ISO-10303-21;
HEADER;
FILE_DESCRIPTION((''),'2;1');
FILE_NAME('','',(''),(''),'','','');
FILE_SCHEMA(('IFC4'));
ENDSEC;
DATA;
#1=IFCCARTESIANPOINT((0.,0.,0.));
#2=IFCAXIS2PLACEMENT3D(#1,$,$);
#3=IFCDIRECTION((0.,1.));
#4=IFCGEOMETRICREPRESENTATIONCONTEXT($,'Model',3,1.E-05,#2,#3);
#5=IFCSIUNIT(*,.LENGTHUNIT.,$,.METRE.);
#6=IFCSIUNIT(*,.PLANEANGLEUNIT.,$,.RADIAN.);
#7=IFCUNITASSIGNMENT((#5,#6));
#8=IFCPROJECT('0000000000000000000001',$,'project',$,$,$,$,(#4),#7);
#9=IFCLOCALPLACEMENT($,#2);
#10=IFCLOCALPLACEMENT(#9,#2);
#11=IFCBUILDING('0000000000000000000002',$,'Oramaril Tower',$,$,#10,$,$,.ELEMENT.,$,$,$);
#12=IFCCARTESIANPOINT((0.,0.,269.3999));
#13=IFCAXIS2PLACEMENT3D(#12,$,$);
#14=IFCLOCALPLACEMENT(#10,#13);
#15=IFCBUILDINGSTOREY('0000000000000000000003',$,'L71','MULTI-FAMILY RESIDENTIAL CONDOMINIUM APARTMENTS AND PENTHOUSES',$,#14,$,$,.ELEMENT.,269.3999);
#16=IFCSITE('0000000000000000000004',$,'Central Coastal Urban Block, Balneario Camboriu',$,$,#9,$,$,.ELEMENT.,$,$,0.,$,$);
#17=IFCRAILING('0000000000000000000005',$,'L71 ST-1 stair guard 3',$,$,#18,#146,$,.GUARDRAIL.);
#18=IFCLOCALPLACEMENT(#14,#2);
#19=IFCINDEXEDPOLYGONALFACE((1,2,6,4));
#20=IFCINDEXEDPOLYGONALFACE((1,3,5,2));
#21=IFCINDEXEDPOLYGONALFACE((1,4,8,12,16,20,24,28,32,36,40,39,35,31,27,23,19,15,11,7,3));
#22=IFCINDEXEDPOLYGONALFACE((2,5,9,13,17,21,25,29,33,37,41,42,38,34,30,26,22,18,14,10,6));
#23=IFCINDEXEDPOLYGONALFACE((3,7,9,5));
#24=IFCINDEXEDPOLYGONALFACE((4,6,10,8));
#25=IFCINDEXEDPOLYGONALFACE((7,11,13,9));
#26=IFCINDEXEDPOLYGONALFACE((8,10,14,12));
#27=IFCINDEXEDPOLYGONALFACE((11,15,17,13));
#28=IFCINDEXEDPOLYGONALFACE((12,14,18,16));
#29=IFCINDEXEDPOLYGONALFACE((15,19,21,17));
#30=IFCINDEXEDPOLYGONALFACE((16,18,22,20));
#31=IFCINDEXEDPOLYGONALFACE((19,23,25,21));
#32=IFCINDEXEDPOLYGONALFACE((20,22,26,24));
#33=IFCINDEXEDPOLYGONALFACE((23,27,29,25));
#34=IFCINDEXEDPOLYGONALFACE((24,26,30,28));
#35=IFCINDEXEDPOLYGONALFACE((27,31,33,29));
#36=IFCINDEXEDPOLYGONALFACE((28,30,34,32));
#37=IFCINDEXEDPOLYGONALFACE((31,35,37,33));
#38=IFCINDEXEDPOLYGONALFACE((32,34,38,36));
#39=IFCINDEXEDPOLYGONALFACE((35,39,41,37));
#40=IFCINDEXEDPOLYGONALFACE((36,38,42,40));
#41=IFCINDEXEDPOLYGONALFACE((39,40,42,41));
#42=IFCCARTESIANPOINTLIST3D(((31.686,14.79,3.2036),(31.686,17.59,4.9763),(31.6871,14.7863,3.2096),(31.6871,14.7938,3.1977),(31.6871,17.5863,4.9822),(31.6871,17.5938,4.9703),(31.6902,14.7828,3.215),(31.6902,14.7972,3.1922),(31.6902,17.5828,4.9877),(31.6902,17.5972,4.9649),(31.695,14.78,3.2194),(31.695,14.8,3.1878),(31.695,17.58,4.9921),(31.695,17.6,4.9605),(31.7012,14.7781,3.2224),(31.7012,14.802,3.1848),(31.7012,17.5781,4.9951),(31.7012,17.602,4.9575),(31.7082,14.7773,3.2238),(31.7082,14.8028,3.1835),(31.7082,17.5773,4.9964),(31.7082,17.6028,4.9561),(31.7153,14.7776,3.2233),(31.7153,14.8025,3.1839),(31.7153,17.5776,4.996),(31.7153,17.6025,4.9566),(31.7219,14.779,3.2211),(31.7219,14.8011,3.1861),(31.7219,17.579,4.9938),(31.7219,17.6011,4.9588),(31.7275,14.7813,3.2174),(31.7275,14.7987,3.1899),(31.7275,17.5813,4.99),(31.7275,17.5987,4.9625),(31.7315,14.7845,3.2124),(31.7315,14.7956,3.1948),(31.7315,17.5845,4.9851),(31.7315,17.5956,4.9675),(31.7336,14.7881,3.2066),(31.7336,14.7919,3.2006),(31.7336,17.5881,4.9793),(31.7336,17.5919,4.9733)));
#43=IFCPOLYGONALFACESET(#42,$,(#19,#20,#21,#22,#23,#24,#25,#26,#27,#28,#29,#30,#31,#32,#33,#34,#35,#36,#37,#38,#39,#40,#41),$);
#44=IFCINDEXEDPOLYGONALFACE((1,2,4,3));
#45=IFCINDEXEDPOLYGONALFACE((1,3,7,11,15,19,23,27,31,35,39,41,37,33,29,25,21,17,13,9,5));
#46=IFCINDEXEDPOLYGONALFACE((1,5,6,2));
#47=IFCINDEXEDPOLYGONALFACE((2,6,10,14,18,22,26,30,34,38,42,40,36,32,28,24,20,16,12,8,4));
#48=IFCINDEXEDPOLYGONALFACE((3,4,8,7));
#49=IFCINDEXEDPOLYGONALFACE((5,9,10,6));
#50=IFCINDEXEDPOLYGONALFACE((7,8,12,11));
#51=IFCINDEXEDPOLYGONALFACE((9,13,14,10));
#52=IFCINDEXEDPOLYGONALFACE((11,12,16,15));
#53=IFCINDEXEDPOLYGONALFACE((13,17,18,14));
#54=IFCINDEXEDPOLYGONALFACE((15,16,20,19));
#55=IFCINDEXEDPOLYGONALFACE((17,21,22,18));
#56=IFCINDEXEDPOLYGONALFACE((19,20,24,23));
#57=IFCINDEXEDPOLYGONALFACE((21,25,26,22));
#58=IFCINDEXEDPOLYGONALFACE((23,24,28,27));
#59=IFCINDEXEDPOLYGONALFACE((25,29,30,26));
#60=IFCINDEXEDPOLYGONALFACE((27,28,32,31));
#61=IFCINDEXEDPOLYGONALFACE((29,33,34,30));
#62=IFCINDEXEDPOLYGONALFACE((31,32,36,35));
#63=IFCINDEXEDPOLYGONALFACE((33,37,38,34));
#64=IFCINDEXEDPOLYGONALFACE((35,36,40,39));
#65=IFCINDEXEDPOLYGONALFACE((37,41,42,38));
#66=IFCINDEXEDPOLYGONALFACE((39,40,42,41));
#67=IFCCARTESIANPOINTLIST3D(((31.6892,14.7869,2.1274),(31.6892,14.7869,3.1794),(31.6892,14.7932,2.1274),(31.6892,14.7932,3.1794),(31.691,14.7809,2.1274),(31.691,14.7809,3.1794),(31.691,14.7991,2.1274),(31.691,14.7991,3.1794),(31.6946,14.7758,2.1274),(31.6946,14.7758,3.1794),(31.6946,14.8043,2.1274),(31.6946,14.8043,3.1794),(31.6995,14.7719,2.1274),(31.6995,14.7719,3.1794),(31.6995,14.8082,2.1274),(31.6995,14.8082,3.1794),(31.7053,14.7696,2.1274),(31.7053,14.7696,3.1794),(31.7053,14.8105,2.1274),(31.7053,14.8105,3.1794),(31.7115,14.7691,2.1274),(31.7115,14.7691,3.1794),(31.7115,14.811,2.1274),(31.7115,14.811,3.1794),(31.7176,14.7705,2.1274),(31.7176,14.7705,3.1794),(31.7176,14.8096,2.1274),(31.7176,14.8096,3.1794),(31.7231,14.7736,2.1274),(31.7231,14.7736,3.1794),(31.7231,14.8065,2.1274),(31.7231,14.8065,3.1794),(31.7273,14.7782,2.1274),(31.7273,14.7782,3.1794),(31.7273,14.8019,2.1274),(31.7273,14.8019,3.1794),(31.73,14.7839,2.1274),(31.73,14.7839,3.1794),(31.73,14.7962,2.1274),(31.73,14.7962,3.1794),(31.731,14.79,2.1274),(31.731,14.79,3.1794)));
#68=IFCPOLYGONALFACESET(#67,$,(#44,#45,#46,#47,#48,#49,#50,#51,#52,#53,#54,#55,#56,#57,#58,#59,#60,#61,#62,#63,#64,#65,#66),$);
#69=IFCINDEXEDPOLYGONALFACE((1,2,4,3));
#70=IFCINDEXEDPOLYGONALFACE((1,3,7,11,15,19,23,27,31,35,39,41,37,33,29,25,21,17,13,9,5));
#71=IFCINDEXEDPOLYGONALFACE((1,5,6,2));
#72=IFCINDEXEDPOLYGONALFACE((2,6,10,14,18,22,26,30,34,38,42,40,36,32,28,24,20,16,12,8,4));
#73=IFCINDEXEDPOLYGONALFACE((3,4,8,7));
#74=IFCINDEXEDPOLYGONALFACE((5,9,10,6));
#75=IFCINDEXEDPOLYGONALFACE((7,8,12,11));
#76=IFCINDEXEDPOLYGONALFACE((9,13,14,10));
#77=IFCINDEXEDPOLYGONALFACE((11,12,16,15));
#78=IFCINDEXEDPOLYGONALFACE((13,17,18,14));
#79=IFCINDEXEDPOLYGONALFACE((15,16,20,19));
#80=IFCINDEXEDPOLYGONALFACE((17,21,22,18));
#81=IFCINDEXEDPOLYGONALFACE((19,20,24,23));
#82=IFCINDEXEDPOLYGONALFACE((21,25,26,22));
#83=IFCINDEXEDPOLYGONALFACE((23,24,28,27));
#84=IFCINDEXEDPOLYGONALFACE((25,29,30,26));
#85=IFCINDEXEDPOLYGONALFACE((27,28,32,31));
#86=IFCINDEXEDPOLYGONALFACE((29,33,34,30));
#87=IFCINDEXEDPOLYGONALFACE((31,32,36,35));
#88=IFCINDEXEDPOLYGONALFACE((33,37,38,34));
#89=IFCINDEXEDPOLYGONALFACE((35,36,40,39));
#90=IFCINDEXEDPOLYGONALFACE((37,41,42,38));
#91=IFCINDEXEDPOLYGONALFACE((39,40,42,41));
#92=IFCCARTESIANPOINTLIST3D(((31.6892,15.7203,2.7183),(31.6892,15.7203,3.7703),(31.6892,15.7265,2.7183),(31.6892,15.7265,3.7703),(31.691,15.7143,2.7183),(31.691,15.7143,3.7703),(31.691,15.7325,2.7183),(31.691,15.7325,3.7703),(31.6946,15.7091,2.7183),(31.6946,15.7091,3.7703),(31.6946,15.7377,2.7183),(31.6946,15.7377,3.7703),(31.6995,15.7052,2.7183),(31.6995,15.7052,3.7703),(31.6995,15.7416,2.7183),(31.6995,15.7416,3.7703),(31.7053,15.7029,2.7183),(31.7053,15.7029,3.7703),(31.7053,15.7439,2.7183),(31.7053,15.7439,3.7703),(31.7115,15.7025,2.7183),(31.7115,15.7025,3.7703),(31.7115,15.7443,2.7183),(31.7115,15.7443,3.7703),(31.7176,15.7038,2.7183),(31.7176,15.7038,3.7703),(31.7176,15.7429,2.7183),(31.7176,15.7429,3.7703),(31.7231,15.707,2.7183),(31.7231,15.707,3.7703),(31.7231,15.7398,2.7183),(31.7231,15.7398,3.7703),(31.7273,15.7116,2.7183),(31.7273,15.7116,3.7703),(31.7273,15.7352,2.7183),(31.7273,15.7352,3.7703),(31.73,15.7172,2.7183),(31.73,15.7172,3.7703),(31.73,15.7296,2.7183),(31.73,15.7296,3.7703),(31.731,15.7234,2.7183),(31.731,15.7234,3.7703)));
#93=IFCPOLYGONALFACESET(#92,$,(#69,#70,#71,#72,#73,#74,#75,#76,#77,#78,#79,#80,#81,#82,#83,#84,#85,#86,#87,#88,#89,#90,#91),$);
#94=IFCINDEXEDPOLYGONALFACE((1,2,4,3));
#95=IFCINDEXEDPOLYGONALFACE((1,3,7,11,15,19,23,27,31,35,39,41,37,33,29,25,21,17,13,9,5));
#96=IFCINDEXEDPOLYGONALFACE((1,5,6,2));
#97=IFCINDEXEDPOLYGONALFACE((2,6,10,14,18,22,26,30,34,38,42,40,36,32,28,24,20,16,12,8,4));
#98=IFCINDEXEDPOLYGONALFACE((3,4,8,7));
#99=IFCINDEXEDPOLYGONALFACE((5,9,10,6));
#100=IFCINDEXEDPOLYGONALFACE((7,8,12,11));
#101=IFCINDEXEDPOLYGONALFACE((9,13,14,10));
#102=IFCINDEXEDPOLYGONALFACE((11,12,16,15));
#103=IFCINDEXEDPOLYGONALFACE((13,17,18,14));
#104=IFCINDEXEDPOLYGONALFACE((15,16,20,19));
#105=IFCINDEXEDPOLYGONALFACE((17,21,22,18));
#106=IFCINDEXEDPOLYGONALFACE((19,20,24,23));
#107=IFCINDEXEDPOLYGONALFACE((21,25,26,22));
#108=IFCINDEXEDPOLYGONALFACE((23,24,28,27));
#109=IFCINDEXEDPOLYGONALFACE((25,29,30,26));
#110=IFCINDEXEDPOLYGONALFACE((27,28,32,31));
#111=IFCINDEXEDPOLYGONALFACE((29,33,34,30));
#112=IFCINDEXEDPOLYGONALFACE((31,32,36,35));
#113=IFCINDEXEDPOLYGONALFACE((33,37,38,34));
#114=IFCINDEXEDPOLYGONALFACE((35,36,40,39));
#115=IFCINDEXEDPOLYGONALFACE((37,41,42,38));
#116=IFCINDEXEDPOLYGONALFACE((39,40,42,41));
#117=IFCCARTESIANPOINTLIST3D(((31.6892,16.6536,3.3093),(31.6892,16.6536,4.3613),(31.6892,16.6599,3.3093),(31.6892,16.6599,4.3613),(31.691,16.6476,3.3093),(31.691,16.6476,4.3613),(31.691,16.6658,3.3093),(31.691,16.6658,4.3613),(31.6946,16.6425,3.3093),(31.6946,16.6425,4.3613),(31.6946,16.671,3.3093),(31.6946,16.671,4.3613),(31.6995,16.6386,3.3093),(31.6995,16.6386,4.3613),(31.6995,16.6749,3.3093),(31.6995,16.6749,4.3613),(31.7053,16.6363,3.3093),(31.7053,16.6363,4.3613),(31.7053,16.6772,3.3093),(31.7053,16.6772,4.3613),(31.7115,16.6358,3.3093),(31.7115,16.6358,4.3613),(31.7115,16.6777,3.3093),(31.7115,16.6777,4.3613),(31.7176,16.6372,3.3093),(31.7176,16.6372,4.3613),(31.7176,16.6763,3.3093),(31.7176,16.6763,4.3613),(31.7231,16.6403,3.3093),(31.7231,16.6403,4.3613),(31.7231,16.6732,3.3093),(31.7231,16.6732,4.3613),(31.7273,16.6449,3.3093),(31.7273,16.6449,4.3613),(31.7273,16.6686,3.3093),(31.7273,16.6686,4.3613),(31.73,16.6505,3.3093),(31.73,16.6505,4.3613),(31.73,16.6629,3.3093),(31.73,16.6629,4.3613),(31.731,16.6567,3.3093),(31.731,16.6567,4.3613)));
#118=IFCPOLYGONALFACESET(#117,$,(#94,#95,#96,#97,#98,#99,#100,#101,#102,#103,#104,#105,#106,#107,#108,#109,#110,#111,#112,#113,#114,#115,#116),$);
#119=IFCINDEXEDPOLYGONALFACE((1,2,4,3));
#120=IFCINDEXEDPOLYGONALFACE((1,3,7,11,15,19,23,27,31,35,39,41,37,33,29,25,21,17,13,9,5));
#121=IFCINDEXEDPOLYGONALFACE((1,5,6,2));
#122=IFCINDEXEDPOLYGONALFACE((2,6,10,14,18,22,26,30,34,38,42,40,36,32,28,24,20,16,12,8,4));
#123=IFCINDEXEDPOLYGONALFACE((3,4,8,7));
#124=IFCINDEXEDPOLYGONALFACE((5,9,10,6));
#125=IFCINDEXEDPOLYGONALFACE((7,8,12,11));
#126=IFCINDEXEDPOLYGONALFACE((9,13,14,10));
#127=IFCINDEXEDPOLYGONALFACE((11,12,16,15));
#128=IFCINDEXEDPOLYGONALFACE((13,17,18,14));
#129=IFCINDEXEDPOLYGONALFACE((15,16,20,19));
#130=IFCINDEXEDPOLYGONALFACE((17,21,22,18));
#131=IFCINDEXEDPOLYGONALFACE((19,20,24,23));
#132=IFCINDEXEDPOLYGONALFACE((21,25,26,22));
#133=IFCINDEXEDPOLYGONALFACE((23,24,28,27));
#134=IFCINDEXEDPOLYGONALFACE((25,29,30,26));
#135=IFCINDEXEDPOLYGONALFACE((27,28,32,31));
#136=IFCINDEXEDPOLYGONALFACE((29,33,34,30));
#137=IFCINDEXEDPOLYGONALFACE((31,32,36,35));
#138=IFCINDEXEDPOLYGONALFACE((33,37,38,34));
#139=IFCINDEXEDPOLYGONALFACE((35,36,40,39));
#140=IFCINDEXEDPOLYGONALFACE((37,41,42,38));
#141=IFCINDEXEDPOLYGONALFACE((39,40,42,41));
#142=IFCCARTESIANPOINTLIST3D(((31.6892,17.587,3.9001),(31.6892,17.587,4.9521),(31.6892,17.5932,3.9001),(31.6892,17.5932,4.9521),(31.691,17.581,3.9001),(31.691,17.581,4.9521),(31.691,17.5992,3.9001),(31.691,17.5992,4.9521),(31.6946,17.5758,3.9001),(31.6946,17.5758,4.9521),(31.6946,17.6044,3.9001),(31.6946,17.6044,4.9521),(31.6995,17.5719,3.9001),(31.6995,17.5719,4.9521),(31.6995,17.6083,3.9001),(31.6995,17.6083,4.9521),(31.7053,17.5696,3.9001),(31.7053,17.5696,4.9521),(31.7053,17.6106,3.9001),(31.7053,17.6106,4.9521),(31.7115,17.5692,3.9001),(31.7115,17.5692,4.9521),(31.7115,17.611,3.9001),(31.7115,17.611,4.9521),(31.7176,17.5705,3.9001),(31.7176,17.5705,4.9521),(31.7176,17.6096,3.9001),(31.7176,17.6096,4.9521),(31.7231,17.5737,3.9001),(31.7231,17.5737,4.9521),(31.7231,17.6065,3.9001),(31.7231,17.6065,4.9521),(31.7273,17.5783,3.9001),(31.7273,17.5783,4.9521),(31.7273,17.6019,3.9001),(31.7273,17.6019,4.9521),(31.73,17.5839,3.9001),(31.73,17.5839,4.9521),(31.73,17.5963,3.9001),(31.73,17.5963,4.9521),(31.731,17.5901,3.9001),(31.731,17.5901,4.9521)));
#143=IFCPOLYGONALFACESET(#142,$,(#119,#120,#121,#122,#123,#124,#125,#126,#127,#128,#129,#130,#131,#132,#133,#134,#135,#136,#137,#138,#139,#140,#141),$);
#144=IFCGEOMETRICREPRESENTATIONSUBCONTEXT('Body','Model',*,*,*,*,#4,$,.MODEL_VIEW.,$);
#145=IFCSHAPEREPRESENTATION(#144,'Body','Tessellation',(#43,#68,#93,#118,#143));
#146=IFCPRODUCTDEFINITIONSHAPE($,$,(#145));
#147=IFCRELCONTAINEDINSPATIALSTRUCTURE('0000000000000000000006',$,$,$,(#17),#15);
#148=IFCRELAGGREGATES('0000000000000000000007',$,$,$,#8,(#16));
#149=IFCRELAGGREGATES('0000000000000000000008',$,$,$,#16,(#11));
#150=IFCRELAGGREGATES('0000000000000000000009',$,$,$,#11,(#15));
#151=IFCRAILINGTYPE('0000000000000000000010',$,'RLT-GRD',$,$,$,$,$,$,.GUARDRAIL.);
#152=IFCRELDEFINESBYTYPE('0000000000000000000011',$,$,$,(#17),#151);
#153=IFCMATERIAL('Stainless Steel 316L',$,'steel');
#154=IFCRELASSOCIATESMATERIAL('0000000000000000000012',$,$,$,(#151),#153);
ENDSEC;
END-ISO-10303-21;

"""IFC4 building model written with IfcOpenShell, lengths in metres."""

from ifc_helpers import new_model, si_unit, direction, frame, origin, origin_2d, place, context, subcontext, project, spatial, circle, extrude, material, type_object, element, save


model = new_model("IFC4")

# Units and contexts
model_context = context("Model", 3, precision=1e-05, world=origin(), true_north=direction((0.0, 1.0)))
body_context = subcontext(model_context, "Body", "Model", "MODEL_VIEW")
ifc_project = project(units=[si_unit("LENGTHUNIT", "METRE"), si_unit("PLANEANGLEUNIT", "RADIAN")], contexts=[model_context])

# Site, building, storey
site_placement = place(None, origin())
site = spatial("IfcSite", under=ifc_project, at=site_placement, Name="Central Coastal Urban Block, Balneario Camboriu", CompositionType="ELEMENT", RefElevation=0.0)
building_placement = place(site_placement, origin())
building = spatial("IfcBuilding", under=site, at=building_placement, Name="Oramaril Tower", CompositionType="ELEMENT")
storey_placement = place(building_placement, frame((0.0, 0.0, 269.3999)))
storey = spatial("IfcBuildingStorey", under=building, at=storey_placement, Name="L71", Description="MULTI-FAMILY RESIDENTIAL CONDOMINIUM APARTMENTS AND PENTHOUSES", CompositionType="ELEMENT", Elevation=269.3999)

# Railing
ifc_material_1 = material(Name="Stainless Steel 316L", Category="steel")
railing_type_1 = type_object("IfcRailingType", Name="RLT-GRD", PredefinedType="GUARDRAIL", material=ifc_material_1)
railing_1_placement = place(storey_placement, frame((31.71, 14.79, 2.1274)))
element("IfcRailing", 1, at=railing_1_placement, inside=storey, type_object=railing_type_1, Name="L71 ST-1 stair guard 3", PredefinedType="GUARDRAIL", context=body_context, shape_type="SweptSolid", body=[
    extrude(circle(Radius=0.0239, at=origin_2d()), frame((0.0, 0.0, 1.0762), z_axis=(0.0, 0.844909, 0.53491), x_axis=(-1.0, 0.0, 0.0)), (0.0, 0.0, 1.0), 3.314),
    extrude(circle(Radius=0.021, at=origin_2d()), origin(), (0.0, 0.0, 1.0), 1.052),
    extrude(circle(Radius=0.021, at=origin_2d()), frame((0.0, 0.9333, 0.5908)), (0.0, 0.0, 1.0), 1.052),
    extrude(circle(Radius=0.021, at=origin_2d()), frame((0.0, 1.8667, 1.1819)), (0.0, 0.0, 1.0), 1.052),
    extrude(circle(Radius=0.021, at=origin_2d()), frame((0.0, 2.8, 1.7727)), (0.0, 0.0, 1.0), 1.052),
])

save(model, "model.ifc")
